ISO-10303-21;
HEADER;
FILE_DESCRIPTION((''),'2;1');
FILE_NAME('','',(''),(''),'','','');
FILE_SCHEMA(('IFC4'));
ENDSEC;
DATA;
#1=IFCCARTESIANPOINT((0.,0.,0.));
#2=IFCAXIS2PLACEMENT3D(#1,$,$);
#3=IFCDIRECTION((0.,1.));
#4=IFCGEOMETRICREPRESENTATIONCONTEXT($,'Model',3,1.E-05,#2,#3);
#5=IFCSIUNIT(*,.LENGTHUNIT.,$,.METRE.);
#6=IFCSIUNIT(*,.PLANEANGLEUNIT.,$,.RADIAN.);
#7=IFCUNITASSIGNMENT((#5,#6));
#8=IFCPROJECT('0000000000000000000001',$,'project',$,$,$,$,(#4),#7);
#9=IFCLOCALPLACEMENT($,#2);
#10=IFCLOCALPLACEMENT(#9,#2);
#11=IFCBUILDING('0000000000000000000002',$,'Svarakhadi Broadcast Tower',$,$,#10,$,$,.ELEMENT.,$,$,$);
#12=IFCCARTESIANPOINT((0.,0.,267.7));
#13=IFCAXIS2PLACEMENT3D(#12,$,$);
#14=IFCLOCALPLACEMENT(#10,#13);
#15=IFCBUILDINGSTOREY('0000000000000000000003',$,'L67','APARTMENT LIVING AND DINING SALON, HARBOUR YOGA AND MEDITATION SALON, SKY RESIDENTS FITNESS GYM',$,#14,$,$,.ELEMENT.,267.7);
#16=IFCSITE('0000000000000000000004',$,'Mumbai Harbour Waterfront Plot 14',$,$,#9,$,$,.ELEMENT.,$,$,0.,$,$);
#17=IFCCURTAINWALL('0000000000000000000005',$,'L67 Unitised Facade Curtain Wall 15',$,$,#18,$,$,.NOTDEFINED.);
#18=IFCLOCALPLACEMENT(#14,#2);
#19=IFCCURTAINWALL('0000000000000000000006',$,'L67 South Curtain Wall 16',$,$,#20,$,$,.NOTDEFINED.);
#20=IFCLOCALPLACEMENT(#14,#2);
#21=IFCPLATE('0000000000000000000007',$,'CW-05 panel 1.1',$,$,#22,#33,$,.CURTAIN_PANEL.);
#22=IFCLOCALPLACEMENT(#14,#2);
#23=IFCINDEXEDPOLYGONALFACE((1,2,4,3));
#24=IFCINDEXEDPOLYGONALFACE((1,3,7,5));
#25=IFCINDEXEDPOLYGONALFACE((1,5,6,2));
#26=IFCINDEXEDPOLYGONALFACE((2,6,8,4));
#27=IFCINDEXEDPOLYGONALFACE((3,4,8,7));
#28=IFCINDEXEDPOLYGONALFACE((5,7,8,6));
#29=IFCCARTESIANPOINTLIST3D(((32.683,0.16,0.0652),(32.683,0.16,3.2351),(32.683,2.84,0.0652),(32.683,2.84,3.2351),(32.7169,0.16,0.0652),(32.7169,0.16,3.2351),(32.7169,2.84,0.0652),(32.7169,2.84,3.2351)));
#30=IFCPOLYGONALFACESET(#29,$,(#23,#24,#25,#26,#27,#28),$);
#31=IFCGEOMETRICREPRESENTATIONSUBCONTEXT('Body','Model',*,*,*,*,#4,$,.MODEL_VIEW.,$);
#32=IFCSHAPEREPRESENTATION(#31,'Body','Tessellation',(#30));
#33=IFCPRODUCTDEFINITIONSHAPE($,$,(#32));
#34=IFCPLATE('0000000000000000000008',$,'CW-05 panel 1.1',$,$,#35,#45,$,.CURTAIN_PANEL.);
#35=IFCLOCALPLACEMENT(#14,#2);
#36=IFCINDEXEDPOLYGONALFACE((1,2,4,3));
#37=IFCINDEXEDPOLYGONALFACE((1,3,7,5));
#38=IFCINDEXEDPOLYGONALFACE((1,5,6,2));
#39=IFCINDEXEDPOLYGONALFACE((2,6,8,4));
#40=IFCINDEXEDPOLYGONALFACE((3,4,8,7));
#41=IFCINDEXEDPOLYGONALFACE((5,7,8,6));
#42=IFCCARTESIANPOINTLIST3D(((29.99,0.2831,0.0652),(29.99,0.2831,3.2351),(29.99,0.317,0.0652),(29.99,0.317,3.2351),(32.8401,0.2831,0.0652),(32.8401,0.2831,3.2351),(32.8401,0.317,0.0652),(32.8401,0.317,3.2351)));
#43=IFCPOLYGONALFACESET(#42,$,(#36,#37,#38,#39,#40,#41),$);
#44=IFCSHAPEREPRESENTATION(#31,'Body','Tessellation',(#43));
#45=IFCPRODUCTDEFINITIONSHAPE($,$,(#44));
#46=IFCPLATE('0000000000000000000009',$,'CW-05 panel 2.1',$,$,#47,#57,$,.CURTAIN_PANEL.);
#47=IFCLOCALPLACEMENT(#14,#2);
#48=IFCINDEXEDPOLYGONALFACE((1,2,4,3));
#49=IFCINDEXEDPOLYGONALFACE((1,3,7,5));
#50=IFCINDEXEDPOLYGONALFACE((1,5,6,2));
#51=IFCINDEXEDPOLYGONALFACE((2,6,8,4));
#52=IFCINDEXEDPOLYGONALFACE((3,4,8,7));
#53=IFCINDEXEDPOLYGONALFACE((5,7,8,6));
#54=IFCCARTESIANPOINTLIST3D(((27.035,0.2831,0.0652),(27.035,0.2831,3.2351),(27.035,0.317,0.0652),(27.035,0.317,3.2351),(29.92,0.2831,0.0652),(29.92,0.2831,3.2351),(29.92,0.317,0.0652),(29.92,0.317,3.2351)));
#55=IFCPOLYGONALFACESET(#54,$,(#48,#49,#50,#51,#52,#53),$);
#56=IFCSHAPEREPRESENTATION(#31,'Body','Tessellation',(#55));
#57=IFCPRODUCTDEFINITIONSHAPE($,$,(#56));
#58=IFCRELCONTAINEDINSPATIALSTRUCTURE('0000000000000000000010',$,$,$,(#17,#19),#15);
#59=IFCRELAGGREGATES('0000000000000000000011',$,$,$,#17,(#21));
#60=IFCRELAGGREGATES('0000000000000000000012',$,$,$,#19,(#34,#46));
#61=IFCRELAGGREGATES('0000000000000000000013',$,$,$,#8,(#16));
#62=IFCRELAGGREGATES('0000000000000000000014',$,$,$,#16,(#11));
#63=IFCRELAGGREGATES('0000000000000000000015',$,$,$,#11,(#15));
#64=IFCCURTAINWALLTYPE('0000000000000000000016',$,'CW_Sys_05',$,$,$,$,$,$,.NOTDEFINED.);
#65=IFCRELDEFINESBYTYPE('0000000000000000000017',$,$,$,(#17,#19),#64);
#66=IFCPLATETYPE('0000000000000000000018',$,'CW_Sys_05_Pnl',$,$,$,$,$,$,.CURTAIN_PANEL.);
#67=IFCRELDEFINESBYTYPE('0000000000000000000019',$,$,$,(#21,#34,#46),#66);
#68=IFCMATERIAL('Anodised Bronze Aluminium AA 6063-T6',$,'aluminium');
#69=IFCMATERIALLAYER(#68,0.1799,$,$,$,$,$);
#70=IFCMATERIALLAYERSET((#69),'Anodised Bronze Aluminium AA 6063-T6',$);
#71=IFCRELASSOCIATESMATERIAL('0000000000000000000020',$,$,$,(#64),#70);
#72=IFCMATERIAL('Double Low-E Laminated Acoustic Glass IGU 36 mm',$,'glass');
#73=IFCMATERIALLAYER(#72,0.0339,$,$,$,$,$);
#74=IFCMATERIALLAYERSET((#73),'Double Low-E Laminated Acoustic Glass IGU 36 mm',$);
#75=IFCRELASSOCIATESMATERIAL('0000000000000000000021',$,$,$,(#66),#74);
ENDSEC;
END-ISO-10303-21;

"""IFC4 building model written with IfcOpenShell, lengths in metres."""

from ifc_helpers import new_model, si_unit, direction, frame, origin, origin_2d, place, context, subcontext, project, spatial, rectangle, extrude, material, layer, layer_set, type_object, element, aggregate, save


model = new_model("IFC4")

# Units and contexts
model_context = context("Model", 3, precision=1e-05, world=origin(), true_north=direction((0.0, 1.0)))
body_context = subcontext(model_context, "Body", "Model", "MODEL_VIEW")
ifc_project = project(units=[si_unit("LENGTHUNIT", "METRE"), si_unit("PLANEANGLEUNIT", "RADIAN")], contexts=[model_context])

# Site, building, storey
site_placement = place(None, origin())
site = spatial("IfcSite", under=ifc_project, at=site_placement, Name="Mumbai Harbour Waterfront Plot 14", CompositionType="ELEMENT", RefElevation=0.0)
building_placement = place(site_placement, origin())
building = spatial("IfcBuilding", under=site, at=building_placement, Name="Svarakhadi Broadcast Tower", CompositionType="ELEMENT")
storey_placement = place(building_placement, frame((0.0, 0.0, 267.7)))
storey = spatial("IfcBuildingStorey", under=building, at=storey_placement, Name="L67", Description="APARTMENT LIVING AND DINING SALON, HARBOUR YOGA AND MEDITATION SALON, SKY RESIDENTS FITNESS GYM", CompositionType="ELEMENT", Elevation=267.7)

# Shared definitions
ifc_material_1 = material(Name="Anodised Bronze Aluminium AA 6063-T6", Category="aluminium")
ifc_layer_1 = layer(ifc_material_1, 0.1799)
ifc_layer_set_1 = layer_set([ifc_layer_1], Name="Anodised Bronze Aluminium AA 6063-T6")
curtain_wall_type = type_object("IfcCurtainWallType", Name="CW_Sys_05", PredefinedType="NOTDEFINED", material=ifc_layer_set_1)

# Curtain walls
curtain_wall_1_placement = place(storey_placement, origin())
curtain_wall_1 = element("IfcCurtainWall", 1, at=curtain_wall_1_placement, inside=storey, type_object=curtain_wall_type, Name="L67 Unitised Facade Curtain Wall 15", PredefinedType="NOTDEFINED")
curtain_wall_2_placement = place(storey_placement, origin())
curtain_wall_2 = element("IfcCurtainWall", 2, at=curtain_wall_2_placement, inside=storey, type_object=curtain_wall_type, Name="L67 South Curtain Wall 16", PredefinedType="NOTDEFINED")

# Plates
ifc_material_2 = material(Name="Double Low-E Laminated Acoustic Glass IGU 36 mm", Category="glass")
ifc_layer_2 = layer(ifc_material_2, 0.0339)
ifc_layer_set_2 = layer_set([ifc_layer_2], Name="Double Low-E Laminated Acoustic Glass IGU 36 mm")
plate_type = type_object("IfcPlateType", Name="CW_Sys_05_Pnl", PredefinedType="CURTAIN_PANEL", material=ifc_layer_set_2)
plate_1_placement = place(storey_placement, frame((32.7, 1.5, 0.0652), z_axis=(0.0, 0.0, 1.0), x_axis=(0.0, -1.0, 0.0)))
plate_1 = element("IfcPlate", 3, at=plate_1_placement, type_object=plate_type, Name="CW-05 panel 1.1", PredefinedType="CURTAIN_PANEL", context=body_context, shape_type="SweptSolid", body=[
    extrude(rectangle(XDim=2.6799, YDim=0.0339, at=origin_2d()), origin(), (0.0, 0.0, 1.0), 3.1699),
])
aggregate(curtain_wall_1, [plate_1])
plate_2_placement = place(storey_placement, frame((31.415, 0.3, 0.0652), z_axis=(0.0, 0.0, 1.0), x_axis=(-1.0, 0.0, 0.0)))
plate_2 = element("IfcPlate", 4, at=plate_2_placement, type_object=plate_type, Name="CW-05 panel 1.1", PredefinedType="CURTAIN_PANEL", context=body_context, shape_type="SweptSolid", body=[
    extrude(rectangle(XDim=2.8501, YDim=0.0339, at=origin_2d()), origin(), (0.0, 0.0, 1.0), 3.1699),
])
plate_3_placement = place(storey_placement, frame((28.4775, 0.3, 0.0652), z_axis=(0.0, 0.0, 1.0), x_axis=(-1.0, 0.0, 0.0)))
plate_3 = element("IfcPlate", 5, at=plate_3_placement, type_object=plate_type, Name="CW-05 panel 2.1", PredefinedType="CURTAIN_PANEL", context=body_context, shape_type="SweptSolid", body=[
    extrude(rectangle(XDim=2.885, YDim=0.0339, at=origin_2d()), origin(), (0.0, 0.0, 1.0), 3.1699),
])
aggregate(curtain_wall_2, [plate_2, plate_3])

save(model, "model.ifc")
